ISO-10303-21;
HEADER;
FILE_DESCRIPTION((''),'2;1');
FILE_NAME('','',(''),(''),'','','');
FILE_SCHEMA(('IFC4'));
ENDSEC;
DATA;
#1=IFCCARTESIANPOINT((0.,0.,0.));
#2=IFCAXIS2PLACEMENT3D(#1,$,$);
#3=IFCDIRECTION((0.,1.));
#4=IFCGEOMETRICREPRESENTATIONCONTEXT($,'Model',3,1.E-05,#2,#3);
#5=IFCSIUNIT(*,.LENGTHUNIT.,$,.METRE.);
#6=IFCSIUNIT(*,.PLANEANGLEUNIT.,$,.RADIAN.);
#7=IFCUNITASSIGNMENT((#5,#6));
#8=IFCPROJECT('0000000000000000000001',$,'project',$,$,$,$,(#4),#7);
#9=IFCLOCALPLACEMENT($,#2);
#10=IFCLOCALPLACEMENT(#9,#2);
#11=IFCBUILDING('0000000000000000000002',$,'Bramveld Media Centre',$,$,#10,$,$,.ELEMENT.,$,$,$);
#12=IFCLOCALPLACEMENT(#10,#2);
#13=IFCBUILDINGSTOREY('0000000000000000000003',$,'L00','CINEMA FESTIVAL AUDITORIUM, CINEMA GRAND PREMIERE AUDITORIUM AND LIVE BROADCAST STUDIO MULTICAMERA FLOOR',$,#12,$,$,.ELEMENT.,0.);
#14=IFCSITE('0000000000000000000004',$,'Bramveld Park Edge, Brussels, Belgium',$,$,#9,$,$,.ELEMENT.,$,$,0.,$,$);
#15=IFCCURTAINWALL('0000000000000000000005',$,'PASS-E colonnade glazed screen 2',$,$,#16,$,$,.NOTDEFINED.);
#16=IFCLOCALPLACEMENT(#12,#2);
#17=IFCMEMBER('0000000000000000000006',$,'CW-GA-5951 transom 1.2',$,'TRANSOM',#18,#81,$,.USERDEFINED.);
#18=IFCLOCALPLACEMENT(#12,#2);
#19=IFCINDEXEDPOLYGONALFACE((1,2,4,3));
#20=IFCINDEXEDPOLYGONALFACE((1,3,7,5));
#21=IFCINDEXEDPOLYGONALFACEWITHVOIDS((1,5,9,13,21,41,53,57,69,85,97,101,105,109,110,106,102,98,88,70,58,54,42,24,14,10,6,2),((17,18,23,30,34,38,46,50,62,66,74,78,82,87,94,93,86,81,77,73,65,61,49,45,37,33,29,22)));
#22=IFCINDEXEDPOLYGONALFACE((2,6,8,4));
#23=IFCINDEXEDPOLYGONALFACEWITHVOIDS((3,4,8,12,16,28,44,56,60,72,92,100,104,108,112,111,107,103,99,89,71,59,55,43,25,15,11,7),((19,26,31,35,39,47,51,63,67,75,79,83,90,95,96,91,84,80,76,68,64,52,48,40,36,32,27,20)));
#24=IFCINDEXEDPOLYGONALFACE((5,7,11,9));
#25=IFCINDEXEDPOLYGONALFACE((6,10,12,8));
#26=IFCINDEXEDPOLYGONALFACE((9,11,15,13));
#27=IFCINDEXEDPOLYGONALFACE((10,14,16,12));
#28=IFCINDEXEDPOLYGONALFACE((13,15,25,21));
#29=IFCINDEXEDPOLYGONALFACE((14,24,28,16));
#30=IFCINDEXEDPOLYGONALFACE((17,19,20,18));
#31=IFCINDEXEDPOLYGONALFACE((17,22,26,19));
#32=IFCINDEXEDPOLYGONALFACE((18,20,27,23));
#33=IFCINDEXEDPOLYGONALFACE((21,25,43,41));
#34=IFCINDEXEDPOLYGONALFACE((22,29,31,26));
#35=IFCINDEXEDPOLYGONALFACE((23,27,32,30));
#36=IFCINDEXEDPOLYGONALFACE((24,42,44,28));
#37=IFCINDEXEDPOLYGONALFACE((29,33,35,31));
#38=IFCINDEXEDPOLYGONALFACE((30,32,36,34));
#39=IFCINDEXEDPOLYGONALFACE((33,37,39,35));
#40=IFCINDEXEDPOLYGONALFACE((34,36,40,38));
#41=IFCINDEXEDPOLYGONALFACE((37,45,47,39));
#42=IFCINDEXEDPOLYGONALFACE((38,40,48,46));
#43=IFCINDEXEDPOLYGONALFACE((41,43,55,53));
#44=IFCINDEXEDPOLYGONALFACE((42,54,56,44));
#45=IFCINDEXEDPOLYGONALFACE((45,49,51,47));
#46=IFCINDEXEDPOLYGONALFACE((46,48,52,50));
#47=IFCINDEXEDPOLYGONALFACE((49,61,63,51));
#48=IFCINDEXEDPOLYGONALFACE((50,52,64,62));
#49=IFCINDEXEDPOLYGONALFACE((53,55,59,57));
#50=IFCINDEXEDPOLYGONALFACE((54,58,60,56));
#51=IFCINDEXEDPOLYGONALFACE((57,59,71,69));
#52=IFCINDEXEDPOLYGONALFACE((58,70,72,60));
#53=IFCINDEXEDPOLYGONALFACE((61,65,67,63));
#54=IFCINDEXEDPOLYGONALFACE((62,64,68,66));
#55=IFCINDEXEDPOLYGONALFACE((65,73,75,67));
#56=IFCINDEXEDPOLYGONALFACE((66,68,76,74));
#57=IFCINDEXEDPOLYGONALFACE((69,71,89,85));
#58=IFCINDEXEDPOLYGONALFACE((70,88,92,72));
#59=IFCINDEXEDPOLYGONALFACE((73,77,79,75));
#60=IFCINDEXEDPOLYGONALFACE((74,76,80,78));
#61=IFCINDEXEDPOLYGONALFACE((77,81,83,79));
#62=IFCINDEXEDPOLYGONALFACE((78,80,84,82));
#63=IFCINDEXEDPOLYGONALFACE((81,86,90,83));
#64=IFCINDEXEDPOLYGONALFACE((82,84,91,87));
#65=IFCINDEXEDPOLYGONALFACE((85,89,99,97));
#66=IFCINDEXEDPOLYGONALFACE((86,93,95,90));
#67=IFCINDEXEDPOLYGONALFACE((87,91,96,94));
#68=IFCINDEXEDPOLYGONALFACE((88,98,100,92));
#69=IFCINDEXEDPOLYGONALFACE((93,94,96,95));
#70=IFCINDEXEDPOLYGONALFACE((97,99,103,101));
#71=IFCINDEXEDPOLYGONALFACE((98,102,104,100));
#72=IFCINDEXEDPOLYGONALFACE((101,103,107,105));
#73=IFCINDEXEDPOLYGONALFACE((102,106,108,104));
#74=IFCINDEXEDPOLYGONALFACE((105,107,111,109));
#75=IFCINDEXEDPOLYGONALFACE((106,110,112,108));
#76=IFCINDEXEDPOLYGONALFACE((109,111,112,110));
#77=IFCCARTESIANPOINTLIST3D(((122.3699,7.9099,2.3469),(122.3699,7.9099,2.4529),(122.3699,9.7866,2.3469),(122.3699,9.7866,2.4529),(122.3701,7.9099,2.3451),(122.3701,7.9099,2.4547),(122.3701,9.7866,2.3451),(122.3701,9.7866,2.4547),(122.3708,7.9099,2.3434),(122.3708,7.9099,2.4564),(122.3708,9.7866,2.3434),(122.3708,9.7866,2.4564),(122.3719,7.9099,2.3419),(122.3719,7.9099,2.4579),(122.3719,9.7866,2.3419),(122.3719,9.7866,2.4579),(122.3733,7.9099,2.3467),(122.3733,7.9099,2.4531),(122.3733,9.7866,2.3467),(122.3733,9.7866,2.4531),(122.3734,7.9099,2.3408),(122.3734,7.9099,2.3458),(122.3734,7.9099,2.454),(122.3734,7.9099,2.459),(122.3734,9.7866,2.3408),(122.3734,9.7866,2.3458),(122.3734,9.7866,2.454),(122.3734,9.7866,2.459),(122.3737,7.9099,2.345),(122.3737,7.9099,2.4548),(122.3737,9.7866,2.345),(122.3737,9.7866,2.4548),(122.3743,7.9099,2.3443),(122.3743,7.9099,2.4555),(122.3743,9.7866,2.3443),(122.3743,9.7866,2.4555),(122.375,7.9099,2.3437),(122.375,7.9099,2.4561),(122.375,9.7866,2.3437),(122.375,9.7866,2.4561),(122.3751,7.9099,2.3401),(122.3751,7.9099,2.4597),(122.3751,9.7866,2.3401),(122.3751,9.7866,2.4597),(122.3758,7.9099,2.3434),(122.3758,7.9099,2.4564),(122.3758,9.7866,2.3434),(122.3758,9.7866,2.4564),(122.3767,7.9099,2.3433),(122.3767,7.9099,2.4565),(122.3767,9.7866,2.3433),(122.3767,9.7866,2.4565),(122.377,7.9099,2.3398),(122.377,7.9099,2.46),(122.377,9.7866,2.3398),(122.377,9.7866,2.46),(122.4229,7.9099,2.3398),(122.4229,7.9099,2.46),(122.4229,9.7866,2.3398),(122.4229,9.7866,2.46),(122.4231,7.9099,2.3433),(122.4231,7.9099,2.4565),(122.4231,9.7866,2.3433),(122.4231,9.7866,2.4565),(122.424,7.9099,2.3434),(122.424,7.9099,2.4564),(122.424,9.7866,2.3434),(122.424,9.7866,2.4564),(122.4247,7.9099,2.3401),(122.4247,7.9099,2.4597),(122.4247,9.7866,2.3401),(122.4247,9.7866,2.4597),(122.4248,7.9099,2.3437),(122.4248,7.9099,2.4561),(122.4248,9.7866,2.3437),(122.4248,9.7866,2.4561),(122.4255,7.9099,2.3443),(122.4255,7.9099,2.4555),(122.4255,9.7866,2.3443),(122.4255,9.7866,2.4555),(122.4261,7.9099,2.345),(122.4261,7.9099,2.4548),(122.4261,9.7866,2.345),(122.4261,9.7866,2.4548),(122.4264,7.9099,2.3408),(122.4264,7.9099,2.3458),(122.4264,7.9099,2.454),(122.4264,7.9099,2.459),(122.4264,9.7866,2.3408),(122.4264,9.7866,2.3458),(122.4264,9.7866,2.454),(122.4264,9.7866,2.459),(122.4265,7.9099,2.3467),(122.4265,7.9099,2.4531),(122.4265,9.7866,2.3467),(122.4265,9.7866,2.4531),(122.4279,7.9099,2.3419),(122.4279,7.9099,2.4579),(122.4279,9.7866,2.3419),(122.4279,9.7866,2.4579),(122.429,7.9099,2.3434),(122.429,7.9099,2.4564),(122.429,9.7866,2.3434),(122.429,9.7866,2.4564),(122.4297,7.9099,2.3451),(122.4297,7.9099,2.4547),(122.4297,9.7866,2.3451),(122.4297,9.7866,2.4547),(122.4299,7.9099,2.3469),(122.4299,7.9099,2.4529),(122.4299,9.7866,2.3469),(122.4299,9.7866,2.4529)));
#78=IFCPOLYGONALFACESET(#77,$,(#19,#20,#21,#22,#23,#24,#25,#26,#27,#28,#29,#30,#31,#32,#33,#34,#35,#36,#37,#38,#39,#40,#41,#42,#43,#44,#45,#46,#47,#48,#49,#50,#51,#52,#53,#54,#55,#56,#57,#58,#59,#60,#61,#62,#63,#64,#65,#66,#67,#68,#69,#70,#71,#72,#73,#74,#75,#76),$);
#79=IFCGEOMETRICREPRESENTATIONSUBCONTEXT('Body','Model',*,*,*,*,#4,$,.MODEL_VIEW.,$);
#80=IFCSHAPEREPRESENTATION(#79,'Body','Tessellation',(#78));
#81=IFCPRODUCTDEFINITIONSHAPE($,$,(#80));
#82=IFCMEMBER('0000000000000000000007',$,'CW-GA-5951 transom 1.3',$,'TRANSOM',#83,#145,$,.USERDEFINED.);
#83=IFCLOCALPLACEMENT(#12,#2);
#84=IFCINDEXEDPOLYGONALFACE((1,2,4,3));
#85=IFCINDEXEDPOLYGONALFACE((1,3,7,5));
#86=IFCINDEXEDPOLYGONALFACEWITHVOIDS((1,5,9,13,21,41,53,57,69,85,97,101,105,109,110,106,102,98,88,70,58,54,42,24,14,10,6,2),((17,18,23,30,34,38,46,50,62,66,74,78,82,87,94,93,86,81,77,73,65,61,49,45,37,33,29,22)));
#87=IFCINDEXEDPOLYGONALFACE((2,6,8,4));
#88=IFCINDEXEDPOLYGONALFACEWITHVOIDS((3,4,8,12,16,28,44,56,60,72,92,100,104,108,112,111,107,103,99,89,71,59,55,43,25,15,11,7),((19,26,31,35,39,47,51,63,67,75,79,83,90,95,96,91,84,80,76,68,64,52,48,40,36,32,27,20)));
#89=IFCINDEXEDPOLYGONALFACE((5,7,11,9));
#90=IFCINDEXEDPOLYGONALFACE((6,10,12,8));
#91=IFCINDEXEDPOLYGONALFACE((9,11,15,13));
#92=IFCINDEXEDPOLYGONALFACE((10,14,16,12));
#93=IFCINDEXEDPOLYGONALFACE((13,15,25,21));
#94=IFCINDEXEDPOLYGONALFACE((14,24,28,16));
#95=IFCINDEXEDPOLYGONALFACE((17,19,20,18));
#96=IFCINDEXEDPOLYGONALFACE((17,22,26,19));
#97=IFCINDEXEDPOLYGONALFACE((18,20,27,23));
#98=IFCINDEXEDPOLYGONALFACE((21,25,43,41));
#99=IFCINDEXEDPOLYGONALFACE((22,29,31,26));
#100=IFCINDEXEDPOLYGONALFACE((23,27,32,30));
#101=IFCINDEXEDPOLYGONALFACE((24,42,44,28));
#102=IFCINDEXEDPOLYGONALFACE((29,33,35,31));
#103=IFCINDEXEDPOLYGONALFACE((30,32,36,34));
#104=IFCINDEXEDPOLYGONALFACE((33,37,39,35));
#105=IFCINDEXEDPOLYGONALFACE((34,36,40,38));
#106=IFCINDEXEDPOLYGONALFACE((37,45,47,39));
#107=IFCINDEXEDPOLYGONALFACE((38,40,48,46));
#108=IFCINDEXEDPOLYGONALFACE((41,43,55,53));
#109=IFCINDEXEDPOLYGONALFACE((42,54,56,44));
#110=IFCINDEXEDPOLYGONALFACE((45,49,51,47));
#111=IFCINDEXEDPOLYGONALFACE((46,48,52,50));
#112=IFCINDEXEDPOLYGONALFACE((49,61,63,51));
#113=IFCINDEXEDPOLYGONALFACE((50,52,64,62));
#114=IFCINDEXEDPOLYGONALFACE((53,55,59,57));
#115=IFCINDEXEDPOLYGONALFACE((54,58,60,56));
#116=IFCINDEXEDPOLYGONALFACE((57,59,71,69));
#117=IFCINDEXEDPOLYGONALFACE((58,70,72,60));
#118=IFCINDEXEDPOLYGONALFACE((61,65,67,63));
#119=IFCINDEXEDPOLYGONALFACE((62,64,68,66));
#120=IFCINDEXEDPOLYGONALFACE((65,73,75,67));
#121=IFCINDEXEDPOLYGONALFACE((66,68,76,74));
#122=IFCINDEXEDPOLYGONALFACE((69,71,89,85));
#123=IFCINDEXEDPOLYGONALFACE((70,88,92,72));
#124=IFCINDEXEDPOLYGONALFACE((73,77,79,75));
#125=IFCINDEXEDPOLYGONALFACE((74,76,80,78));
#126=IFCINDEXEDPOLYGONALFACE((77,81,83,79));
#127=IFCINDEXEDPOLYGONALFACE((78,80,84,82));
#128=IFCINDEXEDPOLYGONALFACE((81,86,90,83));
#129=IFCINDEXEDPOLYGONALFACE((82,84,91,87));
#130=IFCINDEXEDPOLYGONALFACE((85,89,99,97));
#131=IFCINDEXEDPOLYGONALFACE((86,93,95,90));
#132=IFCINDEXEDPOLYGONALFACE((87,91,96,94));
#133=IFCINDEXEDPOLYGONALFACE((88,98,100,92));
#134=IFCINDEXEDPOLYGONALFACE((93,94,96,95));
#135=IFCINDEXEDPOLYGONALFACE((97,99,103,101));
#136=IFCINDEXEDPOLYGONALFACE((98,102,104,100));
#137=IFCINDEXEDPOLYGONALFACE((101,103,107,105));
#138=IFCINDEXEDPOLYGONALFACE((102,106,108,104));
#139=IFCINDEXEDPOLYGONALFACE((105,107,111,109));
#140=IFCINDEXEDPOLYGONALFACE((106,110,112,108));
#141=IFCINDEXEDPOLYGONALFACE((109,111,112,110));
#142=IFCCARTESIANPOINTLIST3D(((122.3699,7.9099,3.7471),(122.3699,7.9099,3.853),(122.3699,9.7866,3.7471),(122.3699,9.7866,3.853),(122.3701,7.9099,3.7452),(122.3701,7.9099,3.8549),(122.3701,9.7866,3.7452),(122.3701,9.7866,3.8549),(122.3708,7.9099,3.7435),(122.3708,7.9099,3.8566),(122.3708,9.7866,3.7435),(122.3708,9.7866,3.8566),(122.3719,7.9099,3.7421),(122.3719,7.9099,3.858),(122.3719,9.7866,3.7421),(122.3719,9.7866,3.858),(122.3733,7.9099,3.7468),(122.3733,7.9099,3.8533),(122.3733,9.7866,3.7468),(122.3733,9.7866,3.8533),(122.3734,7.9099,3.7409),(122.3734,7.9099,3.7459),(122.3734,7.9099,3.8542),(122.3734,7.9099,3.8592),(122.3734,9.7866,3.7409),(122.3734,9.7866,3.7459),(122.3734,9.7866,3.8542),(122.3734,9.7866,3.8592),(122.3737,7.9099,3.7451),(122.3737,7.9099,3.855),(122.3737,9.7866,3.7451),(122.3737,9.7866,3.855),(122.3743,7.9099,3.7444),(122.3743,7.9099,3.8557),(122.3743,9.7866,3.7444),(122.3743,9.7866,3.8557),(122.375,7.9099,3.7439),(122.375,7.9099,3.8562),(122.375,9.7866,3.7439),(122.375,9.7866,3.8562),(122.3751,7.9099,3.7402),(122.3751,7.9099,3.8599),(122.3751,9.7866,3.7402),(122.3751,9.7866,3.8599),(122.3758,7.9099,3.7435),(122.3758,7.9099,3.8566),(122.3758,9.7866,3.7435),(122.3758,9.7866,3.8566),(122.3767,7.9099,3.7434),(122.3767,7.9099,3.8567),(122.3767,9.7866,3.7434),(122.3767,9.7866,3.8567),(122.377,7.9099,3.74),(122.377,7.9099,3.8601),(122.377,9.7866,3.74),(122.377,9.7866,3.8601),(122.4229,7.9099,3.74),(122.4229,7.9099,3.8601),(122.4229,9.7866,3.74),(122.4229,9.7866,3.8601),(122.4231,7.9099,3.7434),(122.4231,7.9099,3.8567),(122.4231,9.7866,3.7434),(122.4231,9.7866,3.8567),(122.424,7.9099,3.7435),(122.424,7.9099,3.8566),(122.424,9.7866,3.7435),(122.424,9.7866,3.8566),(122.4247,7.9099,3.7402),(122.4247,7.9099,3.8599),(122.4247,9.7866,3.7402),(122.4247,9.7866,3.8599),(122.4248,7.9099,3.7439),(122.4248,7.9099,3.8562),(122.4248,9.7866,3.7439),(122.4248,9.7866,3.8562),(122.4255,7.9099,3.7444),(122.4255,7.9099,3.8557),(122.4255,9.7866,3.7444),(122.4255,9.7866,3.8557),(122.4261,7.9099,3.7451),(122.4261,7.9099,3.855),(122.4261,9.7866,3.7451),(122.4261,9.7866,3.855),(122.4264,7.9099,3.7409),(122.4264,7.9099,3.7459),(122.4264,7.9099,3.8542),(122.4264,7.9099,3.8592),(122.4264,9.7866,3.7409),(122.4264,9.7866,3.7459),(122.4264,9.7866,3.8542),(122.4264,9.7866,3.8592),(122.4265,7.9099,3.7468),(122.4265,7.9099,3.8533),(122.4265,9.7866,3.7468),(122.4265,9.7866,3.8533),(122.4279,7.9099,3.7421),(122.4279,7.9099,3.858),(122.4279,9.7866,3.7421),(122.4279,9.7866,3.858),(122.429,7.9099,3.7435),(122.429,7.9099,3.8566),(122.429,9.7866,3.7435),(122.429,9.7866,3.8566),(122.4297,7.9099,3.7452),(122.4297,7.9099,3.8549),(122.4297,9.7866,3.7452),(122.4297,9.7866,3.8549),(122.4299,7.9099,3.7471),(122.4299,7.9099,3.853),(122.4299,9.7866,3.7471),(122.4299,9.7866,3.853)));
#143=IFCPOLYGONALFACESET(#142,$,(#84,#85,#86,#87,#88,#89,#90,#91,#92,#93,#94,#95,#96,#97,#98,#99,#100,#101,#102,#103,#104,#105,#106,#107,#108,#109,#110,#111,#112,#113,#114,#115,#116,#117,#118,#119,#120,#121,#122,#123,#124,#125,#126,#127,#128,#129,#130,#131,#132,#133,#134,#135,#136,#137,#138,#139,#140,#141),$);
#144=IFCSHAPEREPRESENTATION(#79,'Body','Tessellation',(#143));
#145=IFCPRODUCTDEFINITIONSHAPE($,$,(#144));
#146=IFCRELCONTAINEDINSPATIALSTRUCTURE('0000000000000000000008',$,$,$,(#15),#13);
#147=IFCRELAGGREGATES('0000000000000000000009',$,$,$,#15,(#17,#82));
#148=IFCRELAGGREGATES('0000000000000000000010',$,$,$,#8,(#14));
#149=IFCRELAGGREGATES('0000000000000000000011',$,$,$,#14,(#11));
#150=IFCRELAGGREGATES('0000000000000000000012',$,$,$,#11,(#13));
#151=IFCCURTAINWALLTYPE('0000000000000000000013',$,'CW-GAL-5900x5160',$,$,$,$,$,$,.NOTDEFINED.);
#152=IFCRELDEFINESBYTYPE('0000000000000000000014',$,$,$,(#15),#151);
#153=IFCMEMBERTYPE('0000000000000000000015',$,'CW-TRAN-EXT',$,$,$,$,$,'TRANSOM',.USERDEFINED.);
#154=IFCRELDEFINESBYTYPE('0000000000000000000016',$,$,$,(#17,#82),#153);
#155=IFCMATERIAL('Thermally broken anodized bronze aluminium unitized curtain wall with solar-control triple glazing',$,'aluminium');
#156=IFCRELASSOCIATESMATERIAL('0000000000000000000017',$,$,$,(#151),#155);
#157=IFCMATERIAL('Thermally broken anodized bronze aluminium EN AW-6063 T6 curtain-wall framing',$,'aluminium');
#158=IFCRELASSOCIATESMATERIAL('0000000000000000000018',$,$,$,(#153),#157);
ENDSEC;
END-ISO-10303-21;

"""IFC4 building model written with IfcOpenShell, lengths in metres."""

from ifc_helpers import new_model, si_unit, direction, frame, origin, origin_2d, place, context, subcontext, project, spatial, hollow_rectangle, extrude, material, material_profile, profile_set, type_object, element, aggregate, save


model = new_model("IFC4")

# Units and contexts
model_context = context("Model", 3, precision=1e-05, world=origin(), true_north=direction((0.0, 1.0)))
body_context = subcontext(model_context, "Body", "Model", "MODEL_VIEW")
ifc_project = project(units=[si_unit("LENGTHUNIT", "METRE"), si_unit("PLANEANGLEUNIT", "RADIAN")], contexts=[model_context])

# Site, building, storey
site_placement = place(None, origin())
site = spatial("IfcSite", under=ifc_project, at=site_placement, Name="Bramveld Park Edge, Brussels, Belgium", CompositionType="ELEMENT", RefElevation=0.0)
building_placement = place(site_placement, origin())
building = spatial("IfcBuilding", under=site, at=building_placement, Name="Bramveld Media Centre", CompositionType="ELEMENT")
storey_placement = place(building_placement, origin())
storey = spatial("IfcBuildingStorey", under=building, at=storey_placement, Name="L00", Description="CINEMA FESTIVAL AUDITORIUM, CINEMA GRAND PREMIERE AUDITORIUM AND LIVE BROADCAST STUDIO MULTICAMERA FLOOR", CompositionType="ELEMENT", Elevation=0.0)

# Curtain wall
ifc_material_1 = material(Name="Thermally broken anodized bronze aluminium unitized curtain wall with solar-control triple glazing", Category="aluminium")
curtain_wall_type = type_object("IfcCurtainWallType", Name="CW-GAL-5900x5160", PredefinedType="NOTDEFINED", material=ifc_material_1)
curtain_wall_1_placement = place(storey_placement, origin())
curtain_wall_1 = element("IfcCurtainWall", 1, at=curtain_wall_1_placement, inside=storey, type_object=curtain_wall_type, Name="PASS-E colonnade glazed screen 2", PredefinedType="NOTDEFINED")

# Members
ifc_material_2 = material(Name="Thermally broken anodized bronze aluminium EN AW-6063 T6 curtain-wall framing", Category="aluminium")
ifc_material_profile_1 = material_profile(ifc_material_2, hollow_rectangle(XDim=0.0601, YDim=0.1201, WallThickness=0.0034, InnerFilletRadius=0.0034, OuterFilletRadius=0.0071, at=origin_2d()), Name="AL-TRAN 60x120")
ifc_profile_set_1 = profile_set([ifc_material_profile_1], Name="Thermally broken anodized bronze aluminium EN AW-6063 T6 curtain-wall framing")
member_type_1 = type_object("IfcMemberType", Name="CW-TRAN-EXT", ElementType="TRANSOM", PredefinedType="USERDEFINED", material=ifc_profile_set_1)
member_1_placement = place(storey_placement, frame((122.3999, 7.9099, 2.3999), z_axis=(0.0, 1.0, 0.0), x_axis=(-1.0, 0.0, 0.0)))
member_1 = element("IfcMember", 2, at=member_1_placement, type_object=member_type_1, Name="CW-GA-5951 transom 1.2", ObjectType="TRANSOM", PredefinedType="USERDEFINED", context=body_context, shape_type="SweptSolid", body=[
    extrude(hollow_rectangle(XDim=0.0601, YDim=0.1201, WallThickness=0.0034, InnerFilletRadius=0.0034, OuterFilletRadius=0.0071, at=origin_2d()), origin(), (0.0, 0.0, 1.0), 1.8767),
])
member_2_placement = place(storey_placement, frame((122.3999, 7.9099, 3.8), z_axis=(0.0, 1.0, 0.0), x_axis=(-1.0, 0.0, 0.0)))
member_2 = element("IfcMember", 3, at=member_2_placement, type_object=member_type_1, Name="CW-GA-5951 transom 1.3", ObjectType="TRANSOM", PredefinedType="USERDEFINED", context=body_context, shape_type="SweptSolid", body=[
    extrude(hollow_rectangle(XDim=0.0601, YDim=0.1201, WallThickness=0.0034, InnerFilletRadius=0.0034, OuterFilletRadius=0.0071, at=origin_2d()), origin(), (0.0, 0.0, 1.0), 1.8767),
])

aggregate(curtain_wall_1, [member_1, member_2])

save(model, "model.ifc")
